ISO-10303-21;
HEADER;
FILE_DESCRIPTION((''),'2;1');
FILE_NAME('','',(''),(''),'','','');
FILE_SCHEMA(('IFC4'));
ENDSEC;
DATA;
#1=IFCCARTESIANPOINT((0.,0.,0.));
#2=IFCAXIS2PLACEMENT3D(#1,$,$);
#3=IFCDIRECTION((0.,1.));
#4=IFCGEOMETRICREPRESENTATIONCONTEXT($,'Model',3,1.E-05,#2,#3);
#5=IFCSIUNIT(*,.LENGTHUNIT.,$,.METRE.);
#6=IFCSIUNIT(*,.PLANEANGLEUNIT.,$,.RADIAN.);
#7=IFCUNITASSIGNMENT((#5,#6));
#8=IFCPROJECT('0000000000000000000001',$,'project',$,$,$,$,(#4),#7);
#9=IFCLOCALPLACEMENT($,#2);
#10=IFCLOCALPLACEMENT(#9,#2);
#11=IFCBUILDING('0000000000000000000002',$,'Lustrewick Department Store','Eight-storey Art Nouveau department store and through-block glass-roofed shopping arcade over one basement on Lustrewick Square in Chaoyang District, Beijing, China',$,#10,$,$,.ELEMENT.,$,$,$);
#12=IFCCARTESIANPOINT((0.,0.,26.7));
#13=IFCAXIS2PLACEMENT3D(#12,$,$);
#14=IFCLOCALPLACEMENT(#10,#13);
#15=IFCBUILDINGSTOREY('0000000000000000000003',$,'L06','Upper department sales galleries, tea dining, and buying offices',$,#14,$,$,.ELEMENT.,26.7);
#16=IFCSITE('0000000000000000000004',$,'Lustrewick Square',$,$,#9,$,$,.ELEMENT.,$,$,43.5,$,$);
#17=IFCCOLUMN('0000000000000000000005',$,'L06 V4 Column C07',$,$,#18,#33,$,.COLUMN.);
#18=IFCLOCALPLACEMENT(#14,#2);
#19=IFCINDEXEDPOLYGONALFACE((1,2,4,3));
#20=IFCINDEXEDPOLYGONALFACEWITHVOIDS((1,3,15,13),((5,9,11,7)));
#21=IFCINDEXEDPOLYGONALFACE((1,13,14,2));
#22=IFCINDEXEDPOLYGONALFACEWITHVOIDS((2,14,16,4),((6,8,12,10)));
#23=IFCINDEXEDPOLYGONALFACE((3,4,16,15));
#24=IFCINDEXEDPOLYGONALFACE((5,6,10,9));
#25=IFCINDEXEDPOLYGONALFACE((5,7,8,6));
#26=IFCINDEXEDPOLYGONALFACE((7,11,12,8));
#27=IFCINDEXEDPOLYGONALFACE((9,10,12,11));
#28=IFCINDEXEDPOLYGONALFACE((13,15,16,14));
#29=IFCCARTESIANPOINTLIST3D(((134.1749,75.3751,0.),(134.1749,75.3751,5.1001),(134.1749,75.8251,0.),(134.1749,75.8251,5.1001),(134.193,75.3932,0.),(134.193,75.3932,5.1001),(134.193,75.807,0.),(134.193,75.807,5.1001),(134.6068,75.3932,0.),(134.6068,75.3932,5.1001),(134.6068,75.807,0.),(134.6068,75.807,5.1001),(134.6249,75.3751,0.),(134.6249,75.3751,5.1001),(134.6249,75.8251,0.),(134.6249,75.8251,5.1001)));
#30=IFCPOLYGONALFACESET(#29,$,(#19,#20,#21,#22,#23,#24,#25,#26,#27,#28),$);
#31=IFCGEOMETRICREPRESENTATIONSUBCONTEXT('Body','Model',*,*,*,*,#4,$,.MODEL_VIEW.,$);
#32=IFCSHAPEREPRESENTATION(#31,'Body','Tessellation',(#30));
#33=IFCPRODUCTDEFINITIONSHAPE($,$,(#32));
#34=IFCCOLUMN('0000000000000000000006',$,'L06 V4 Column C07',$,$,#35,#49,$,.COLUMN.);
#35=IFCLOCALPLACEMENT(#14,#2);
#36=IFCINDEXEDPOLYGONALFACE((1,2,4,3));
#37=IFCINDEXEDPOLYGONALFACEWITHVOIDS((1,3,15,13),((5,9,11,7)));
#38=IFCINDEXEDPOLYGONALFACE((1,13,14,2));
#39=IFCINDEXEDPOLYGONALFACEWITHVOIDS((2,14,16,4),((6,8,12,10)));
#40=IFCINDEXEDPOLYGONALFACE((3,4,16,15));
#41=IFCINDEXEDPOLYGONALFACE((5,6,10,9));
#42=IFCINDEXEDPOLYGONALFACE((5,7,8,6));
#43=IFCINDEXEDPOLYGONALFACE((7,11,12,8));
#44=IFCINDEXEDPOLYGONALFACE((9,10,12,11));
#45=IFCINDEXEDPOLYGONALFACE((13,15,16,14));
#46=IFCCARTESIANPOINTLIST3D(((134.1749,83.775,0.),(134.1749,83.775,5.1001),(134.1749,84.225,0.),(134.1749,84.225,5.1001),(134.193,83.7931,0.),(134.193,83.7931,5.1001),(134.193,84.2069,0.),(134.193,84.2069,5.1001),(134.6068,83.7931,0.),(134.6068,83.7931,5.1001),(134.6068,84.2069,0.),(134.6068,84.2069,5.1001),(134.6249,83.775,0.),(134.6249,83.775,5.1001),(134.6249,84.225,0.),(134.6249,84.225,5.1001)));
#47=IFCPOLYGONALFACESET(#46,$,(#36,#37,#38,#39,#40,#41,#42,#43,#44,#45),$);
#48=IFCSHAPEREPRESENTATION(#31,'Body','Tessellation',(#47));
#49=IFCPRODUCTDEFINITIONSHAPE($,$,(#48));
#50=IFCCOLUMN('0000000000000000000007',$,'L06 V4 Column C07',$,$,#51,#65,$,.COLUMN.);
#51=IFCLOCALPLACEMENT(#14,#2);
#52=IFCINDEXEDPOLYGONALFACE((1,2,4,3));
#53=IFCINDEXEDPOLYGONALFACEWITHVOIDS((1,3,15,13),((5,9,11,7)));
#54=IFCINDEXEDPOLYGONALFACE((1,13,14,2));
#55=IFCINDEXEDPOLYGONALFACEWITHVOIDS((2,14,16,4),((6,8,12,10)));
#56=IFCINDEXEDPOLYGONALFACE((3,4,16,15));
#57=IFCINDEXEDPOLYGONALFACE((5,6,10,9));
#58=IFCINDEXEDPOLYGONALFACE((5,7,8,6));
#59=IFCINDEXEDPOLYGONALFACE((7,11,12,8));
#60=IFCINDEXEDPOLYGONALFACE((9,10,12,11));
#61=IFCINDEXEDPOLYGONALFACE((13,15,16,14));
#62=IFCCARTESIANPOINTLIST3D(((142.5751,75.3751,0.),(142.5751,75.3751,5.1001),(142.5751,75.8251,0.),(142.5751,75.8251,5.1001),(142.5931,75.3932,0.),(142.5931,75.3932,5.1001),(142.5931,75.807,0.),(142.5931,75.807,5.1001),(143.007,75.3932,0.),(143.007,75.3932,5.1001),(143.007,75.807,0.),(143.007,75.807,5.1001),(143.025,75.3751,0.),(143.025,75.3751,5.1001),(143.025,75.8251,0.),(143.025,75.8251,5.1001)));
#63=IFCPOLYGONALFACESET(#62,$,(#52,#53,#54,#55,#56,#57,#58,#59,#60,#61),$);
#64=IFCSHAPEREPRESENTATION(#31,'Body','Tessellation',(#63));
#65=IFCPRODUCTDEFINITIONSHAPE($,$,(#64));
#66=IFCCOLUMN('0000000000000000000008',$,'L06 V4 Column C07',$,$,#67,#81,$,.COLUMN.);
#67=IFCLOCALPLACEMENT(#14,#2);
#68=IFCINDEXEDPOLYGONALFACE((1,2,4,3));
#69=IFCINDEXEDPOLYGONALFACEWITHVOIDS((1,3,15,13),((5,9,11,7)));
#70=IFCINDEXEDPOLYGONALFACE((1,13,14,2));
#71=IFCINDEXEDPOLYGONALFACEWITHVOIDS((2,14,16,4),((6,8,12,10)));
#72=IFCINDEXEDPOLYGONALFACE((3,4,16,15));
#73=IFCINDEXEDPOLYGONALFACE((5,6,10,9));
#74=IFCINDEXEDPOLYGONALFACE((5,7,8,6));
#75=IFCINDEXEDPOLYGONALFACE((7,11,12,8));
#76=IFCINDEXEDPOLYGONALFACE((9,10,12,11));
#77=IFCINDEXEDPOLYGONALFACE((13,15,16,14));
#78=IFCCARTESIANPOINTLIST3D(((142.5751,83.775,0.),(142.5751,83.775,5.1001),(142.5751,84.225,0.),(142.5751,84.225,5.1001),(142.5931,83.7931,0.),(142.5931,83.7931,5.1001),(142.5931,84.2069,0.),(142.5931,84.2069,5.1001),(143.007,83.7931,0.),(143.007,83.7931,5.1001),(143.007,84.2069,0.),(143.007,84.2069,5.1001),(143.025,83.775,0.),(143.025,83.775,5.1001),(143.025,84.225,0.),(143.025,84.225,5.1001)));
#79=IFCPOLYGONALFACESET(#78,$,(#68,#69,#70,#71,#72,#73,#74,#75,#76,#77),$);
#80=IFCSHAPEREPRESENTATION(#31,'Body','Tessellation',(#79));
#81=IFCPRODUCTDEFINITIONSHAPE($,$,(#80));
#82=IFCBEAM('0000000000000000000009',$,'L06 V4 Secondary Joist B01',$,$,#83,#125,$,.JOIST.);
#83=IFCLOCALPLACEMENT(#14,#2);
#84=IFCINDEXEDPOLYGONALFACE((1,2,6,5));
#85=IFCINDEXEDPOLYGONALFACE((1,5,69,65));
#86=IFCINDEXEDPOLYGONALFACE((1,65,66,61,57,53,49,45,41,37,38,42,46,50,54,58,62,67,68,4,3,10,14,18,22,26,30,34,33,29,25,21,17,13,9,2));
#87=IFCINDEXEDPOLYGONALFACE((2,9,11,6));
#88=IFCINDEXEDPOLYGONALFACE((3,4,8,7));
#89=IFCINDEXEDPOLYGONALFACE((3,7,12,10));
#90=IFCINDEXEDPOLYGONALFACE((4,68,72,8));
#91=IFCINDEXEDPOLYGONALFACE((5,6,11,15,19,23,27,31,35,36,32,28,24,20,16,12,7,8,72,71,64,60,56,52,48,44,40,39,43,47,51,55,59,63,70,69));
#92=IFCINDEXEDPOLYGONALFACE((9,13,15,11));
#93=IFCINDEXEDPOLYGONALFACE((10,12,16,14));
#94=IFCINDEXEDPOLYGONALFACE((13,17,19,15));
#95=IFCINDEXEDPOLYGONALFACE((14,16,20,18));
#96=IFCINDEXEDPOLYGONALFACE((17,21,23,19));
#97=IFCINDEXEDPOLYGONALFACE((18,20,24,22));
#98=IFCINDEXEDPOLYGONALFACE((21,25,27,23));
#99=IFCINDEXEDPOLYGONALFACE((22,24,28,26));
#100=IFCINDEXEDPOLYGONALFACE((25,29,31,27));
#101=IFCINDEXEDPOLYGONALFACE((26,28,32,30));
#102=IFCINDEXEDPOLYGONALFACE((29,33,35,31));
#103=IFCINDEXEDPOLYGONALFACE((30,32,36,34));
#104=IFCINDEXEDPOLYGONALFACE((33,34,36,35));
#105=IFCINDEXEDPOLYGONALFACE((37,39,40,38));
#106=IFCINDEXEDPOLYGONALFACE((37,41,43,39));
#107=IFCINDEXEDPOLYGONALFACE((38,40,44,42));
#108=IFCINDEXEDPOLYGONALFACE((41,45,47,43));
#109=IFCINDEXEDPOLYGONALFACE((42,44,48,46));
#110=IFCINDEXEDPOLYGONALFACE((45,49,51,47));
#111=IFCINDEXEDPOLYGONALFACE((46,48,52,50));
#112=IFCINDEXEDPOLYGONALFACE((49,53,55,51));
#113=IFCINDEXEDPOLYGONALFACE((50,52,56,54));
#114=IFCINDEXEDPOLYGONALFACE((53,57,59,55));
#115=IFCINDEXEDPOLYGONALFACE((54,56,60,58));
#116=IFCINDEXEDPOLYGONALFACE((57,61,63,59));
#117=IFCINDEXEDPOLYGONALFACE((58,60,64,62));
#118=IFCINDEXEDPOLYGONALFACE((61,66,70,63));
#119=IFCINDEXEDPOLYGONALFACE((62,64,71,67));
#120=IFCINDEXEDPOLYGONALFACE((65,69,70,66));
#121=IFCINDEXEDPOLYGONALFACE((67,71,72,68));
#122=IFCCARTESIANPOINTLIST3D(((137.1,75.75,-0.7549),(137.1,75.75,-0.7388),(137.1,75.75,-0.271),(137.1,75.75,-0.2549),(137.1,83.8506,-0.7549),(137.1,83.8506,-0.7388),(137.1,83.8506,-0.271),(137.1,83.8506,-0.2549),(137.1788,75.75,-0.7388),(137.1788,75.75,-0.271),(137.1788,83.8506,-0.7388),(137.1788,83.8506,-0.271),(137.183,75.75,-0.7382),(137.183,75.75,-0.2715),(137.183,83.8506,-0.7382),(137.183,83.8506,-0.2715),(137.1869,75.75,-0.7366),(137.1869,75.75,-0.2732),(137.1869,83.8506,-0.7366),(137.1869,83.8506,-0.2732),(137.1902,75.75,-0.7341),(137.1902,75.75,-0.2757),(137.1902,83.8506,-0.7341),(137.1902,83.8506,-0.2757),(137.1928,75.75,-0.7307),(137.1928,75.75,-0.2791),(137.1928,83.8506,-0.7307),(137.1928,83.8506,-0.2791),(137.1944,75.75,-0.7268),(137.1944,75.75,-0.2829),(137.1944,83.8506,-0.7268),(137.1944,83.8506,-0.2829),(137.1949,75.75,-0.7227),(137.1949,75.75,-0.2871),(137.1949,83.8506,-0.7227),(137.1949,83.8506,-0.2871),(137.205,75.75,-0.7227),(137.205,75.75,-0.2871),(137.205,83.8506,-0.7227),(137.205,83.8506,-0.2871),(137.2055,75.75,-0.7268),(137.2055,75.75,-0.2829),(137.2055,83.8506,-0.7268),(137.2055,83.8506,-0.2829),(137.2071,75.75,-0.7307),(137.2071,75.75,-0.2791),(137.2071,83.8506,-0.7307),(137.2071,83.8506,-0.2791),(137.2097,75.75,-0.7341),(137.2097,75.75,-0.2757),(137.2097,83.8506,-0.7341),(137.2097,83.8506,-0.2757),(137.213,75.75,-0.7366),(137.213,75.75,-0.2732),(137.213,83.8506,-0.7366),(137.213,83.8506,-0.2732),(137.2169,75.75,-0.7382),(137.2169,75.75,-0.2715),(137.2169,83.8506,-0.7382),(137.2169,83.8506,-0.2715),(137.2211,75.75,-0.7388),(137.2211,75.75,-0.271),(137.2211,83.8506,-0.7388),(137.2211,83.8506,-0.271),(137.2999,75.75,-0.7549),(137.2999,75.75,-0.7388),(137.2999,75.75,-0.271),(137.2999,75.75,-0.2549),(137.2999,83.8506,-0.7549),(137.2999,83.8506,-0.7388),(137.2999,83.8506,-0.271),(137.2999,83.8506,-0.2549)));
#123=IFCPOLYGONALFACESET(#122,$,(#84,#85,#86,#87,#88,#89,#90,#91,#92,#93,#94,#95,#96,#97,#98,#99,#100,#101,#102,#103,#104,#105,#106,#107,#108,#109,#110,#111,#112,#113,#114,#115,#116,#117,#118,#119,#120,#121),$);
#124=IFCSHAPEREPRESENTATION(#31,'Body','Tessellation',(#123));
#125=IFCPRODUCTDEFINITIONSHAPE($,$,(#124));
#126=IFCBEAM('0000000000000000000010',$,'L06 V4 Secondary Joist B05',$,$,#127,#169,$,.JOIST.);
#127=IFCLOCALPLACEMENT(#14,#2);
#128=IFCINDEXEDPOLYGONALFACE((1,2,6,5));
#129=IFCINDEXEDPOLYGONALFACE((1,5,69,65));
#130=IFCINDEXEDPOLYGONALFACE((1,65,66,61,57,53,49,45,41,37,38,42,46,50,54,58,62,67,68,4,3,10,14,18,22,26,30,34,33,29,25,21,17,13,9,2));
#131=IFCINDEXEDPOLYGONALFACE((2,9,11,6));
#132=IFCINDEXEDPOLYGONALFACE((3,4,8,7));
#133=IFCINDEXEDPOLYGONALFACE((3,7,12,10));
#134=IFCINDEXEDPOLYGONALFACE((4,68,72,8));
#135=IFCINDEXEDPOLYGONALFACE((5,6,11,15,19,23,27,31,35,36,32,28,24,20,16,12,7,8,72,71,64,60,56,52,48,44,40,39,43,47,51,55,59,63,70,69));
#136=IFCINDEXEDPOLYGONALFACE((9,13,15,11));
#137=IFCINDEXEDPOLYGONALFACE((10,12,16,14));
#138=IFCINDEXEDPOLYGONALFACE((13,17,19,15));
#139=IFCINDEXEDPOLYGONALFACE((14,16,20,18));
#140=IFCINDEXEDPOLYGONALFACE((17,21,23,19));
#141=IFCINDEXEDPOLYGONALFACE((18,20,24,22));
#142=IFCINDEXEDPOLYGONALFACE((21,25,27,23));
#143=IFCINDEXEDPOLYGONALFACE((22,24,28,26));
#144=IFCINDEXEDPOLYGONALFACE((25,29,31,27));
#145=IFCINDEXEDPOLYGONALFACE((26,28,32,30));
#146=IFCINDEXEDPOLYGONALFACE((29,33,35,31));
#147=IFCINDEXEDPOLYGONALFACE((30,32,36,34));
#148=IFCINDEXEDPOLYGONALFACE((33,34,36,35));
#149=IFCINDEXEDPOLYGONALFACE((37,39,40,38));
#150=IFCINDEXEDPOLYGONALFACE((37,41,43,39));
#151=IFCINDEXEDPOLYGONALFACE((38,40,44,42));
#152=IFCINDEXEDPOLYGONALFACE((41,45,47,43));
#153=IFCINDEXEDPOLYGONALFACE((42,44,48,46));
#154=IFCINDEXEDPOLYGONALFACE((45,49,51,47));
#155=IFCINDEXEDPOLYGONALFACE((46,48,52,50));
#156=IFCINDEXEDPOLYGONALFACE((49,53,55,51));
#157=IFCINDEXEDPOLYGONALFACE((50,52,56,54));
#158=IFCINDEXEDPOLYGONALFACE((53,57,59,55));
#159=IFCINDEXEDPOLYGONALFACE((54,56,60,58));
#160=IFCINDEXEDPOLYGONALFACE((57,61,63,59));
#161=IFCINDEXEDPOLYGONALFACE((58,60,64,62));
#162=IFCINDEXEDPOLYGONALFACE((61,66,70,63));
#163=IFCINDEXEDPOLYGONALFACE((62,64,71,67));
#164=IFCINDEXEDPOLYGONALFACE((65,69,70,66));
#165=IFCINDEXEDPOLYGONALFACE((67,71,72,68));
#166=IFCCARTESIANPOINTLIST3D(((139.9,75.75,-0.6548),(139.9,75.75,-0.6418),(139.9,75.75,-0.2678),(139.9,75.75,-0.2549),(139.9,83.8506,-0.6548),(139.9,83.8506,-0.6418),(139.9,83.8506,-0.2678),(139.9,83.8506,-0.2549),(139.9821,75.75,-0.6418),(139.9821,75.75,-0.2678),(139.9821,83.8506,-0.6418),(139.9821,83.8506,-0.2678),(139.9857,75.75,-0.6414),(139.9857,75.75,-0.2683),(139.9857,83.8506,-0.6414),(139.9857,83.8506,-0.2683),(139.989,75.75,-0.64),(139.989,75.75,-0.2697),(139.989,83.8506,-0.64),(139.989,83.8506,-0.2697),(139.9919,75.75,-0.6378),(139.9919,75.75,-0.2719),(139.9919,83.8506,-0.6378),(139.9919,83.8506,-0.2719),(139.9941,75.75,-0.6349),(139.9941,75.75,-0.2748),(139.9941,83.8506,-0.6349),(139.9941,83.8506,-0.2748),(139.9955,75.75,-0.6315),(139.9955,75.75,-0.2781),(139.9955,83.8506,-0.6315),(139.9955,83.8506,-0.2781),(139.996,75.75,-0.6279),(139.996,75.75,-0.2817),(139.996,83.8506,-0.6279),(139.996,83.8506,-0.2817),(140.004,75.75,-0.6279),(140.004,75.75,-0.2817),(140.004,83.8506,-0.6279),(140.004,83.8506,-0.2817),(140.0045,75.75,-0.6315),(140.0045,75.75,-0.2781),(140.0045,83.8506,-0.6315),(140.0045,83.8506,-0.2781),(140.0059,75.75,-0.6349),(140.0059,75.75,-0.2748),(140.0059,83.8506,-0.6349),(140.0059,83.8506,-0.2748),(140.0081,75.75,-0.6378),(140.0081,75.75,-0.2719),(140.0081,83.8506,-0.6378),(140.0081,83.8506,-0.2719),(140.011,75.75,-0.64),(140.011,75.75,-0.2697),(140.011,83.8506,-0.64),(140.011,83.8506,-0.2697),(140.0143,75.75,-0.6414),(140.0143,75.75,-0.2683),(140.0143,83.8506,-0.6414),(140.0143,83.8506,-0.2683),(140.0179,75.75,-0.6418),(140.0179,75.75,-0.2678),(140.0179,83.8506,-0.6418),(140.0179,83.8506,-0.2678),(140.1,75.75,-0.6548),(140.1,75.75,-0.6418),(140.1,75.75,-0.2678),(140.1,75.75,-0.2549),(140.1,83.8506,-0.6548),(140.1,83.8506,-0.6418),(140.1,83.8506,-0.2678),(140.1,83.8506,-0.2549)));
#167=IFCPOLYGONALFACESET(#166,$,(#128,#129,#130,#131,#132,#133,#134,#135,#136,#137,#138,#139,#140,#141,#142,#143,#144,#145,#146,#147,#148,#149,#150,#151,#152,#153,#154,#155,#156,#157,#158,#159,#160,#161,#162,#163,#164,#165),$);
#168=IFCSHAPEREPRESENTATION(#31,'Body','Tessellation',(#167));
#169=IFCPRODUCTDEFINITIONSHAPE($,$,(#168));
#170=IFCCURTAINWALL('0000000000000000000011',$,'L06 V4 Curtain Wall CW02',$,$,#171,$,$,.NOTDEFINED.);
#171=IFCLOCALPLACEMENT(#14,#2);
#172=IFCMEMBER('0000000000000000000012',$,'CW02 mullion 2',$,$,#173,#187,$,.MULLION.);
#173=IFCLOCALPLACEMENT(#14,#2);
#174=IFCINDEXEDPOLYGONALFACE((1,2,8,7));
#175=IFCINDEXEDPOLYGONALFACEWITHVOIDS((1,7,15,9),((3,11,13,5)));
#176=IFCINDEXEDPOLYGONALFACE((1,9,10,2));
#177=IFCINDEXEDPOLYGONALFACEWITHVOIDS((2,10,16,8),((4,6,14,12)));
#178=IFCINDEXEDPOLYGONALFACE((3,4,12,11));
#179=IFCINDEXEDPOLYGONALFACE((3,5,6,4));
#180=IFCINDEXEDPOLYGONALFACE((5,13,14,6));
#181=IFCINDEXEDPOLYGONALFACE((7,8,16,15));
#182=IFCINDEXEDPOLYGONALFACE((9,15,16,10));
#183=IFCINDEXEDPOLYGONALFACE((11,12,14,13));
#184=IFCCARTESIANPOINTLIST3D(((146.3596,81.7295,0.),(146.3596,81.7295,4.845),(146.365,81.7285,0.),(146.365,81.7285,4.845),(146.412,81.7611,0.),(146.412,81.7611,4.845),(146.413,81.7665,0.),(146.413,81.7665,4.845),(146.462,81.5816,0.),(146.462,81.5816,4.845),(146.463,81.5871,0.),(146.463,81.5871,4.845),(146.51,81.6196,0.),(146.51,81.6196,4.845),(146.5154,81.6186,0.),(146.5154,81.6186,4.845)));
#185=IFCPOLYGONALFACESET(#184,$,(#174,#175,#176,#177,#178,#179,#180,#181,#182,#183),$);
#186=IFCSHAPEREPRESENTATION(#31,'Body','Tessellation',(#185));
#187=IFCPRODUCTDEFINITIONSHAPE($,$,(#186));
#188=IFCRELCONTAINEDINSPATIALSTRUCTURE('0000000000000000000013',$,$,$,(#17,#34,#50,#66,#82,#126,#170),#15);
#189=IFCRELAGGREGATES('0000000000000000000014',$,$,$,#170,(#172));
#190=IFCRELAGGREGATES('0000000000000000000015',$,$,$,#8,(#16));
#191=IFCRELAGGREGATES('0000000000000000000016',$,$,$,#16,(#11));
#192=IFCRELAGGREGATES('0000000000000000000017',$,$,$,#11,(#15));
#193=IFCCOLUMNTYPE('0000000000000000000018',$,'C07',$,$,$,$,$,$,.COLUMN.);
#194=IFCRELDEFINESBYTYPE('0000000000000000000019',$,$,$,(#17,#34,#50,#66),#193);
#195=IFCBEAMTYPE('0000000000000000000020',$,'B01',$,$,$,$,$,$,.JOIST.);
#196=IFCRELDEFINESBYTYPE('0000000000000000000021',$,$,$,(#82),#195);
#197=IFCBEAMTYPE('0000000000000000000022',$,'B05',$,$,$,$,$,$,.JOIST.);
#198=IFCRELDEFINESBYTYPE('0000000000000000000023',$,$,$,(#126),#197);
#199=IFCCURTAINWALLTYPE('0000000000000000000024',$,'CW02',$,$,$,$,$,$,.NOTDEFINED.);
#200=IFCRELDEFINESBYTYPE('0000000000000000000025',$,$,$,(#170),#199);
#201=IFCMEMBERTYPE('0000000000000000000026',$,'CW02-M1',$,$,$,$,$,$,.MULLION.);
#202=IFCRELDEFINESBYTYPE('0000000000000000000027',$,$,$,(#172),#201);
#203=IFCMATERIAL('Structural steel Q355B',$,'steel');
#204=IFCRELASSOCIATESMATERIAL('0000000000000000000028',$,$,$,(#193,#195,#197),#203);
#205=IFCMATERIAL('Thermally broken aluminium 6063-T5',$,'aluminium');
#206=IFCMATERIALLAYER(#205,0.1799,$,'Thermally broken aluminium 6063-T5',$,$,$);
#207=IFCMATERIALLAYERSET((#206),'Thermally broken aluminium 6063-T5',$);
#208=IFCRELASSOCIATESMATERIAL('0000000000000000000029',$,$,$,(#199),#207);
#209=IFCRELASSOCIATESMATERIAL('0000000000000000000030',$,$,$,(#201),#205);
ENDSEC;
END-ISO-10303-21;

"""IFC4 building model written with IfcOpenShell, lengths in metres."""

from ifc_helpers import new_model, si_unit, direction, frame, origin, origin_2d, place, context, subcontext, project, spatial, hollow_rectangle, i_section, extrude, material, layer, layer_set, material_profile, profile_set, type_object, element, aggregate, save


model = new_model("IFC4")

# Units and contexts
model_context = context("Model", 3, precision=1e-05, world=origin(), true_north=direction((0.0, 1.0)))
body_context = subcontext(model_context, "Body", "Model", "MODEL_VIEW")
ifc_project = project(units=[si_unit("LENGTHUNIT", "METRE"), si_unit("PLANEANGLEUNIT", "RADIAN")], contexts=[model_context])

# Site, building, storey
site_placement = place(None, origin())
site = spatial("IfcSite", under=ifc_project, at=site_placement, Name="Lustrewick Square", CompositionType="ELEMENT", RefElevation=43.5)
building_placement = place(site_placement, origin())
building = spatial("IfcBuilding", under=site, at=building_placement, Name="Lustrewick Department Store", Description="Eight-storey Art Nouveau department store and through-block glass-roofed shopping arcade over one basement on Lustrewick Square in Chaoyang District, Beijing, China", CompositionType="ELEMENT")
storey_placement = place(building_placement, frame((0.0, 0.0, 26.7)))
storey = spatial("IfcBuildingStorey", under=building, at=storey_placement, Name="L06", Description="Upper department sales galleries, tea dining, and buying offices", CompositionType="ELEMENT", Elevation=26.7)

# Columns
ifc_material_1 = material(Name="Structural steel Q355B", Category="steel")
ifc_material_profile_1 = material_profile(ifc_material_1, hollow_rectangle(XDim=0.45, YDim=0.45, WallThickness=0.0181, at=origin_2d()), Name="BOX 450x450x18")
ifc_profile_set_1 = profile_set([ifc_material_profile_1], Name="Structural steel Q355B")
column_type = type_object("IfcColumnType", Name="C07", PredefinedType="COLUMN", material=ifc_profile_set_1)
for number, where, z_axis, x_axis, name in (
    (1, (134.3999, 75.6001, 0.0), (0.0, 0.0, 1.0), (1.0, 0.0, 0.0), "L06 V4 Column C07"),
    (2, (134.3999, 84.0, 0.0), (0.0, 0.0, 1.0), (1.0, 0.0, 0.0), "L06 V4 Column C07"),
    (3, (142.8, 75.6001, 0.0), (0.0, 0.0, 1.0), (1.0, 0.0, 0.0), "L06 V4 Column C07"),
    (4, (142.8, 84.0, 0.0), (0.0, 0.0, 1.0), (1.0, 0.0, 0.0), "L06 V4 Column C07"),
):
    element("IfcColumn", number, at=place(storey_placement, frame(where, z_axis=z_axis, x_axis=x_axis)), inside=storey, type_object=column_type, Name=name, PredefinedType="COLUMN", context=body_context, shape_type="SweptSolid", body=[
        extrude(hollow_rectangle(XDim=0.45, YDim=0.45, WallThickness=0.0181, at=origin_2d()), origin(), (0.0, 0.0, 1.0), 5.1001),
    ])

# Beams
ifc_material_profile_2 = material_profile(ifc_material_1, i_section(OverallWidth=0.2, OverallDepth=0.5, WebThickness=0.01, FlangeThickness=0.0161, FilletRadius=0.0161, at=origin_2d()), Name="HN 500x200x10x16")
ifc_profile_set_2 = profile_set([ifc_material_profile_2], Name="Structural steel Q355B")
beam_type_1 = type_object("IfcBeamType", Name="B01", PredefinedType="JOIST", material=ifc_profile_set_2)
beam_1_placement = place(storey_placement, frame((137.2, 75.75, -0.5049), z_axis=(0.0, 1.0, 0.0), x_axis=(-1.0, 0.0, 0.0)))
element("IfcBeam", 5, at=beam_1_placement, inside=storey, type_object=beam_type_1, Name="L06 V4 Secondary Joist B01", PredefinedType="JOIST", context=body_context, shape_type="SweptSolid", body=[
    extrude(i_section(OverallWidth=0.2, OverallDepth=0.5, WebThickness=0.01, FlangeThickness=0.0161, FilletRadius=0.0161, at=origin_2d()), origin(), (0.0, 0.0, 1.0), 8.1006),
])
ifc_material_profile_3 = material_profile(ifc_material_1, i_section(OverallWidth=0.2, OverallDepth=0.3999, WebThickness=0.0081, FlangeThickness=0.0129, FilletRadius=0.0139, at=origin_2d()), Name="HN 400x200x8x13")
ifc_profile_set_3 = profile_set([ifc_material_profile_3], Name="Structural steel Q355B")
beam_type_2 = type_object("IfcBeamType", Name="B05", PredefinedType="JOIST", material=ifc_profile_set_3)
beam_2_placement = place(storey_placement, frame((140.0, 75.75, -0.4548), z_axis=(0.0, 1.0, 0.0), x_axis=(-1.0, 0.0, 0.0)))
element("IfcBeam", 6, at=beam_2_placement, inside=storey, type_object=beam_type_2, Name="L06 V4 Secondary Joist B05", PredefinedType="JOIST", context=body_context, shape_type="SweptSolid", body=[
    extrude(i_section(OverallWidth=0.2, OverallDepth=0.3999, WebThickness=0.0081, FlangeThickness=0.0129, FilletRadius=0.0139, at=origin_2d()), origin(), (0.0, 0.0, 1.0), 8.1006),
])

# Curtain wall, member
ifc_material_2 = material(Name="Thermally broken aluminium 6063-T5", Category="aluminium")
ifc_layer_1 = layer(ifc_material_2, 0.1799, Name="Thermally broken aluminium 6063-T5")
ifc_layer_set_1 = layer_set([ifc_layer_1], Name="Thermally broken aluminium 6063-T5")
curtain_wall_type = type_object("IfcCurtainWallType", Name="CW02", PredefinedType="NOTDEFINED", material=ifc_layer_set_1)
curtain_wall_placement = place(storey_placement, origin())
curtain_wall = element("IfcCurtainWall", 7, at=curtain_wall_placement, inside=storey, type_object=curtain_wall_type, Name="L06 V4 Curtain Wall CW02", PredefinedType="NOTDEFINED")
ifc_material_profile_4 = material_profile(ifc_material_2, hollow_rectangle(XDim=0.0649, YDim=0.1799, WallThickness=0.0039, at=origin_2d()), Name="ALU-M 65x180x4")
ifc_profile_set_4 = profile_set([ifc_material_profile_4], Name="Thermally broken aluminium 6063-T5")
member_type_1 = type_object("IfcMemberType", Name="CW02-M1", PredefinedType="MULLION", material=ifc_profile_set_4)
member_1_placement = place(storey_placement, frame((146.4375, 81.6741, 0.0), z_axis=(0.0, 0.0, 1.0), x_axis=(-0.821979, -0.569518, 0.0)))
member_1 = element("IfcMember", 8, at=member_1_placement, type_object=member_type_1, Name="CW02 mullion 2", PredefinedType="MULLION", context=body_context, shape_type="SweptSolid", body=[
    extrude(hollow_rectangle(XDim=0.0649, YDim=0.1799, WallThickness=0.0039, at=origin_2d()), origin(), (0.0, 0.0, 1.0), 4.845),
])

aggregate(curtain_wall, [member_1])

save(model, "model.ifc")
